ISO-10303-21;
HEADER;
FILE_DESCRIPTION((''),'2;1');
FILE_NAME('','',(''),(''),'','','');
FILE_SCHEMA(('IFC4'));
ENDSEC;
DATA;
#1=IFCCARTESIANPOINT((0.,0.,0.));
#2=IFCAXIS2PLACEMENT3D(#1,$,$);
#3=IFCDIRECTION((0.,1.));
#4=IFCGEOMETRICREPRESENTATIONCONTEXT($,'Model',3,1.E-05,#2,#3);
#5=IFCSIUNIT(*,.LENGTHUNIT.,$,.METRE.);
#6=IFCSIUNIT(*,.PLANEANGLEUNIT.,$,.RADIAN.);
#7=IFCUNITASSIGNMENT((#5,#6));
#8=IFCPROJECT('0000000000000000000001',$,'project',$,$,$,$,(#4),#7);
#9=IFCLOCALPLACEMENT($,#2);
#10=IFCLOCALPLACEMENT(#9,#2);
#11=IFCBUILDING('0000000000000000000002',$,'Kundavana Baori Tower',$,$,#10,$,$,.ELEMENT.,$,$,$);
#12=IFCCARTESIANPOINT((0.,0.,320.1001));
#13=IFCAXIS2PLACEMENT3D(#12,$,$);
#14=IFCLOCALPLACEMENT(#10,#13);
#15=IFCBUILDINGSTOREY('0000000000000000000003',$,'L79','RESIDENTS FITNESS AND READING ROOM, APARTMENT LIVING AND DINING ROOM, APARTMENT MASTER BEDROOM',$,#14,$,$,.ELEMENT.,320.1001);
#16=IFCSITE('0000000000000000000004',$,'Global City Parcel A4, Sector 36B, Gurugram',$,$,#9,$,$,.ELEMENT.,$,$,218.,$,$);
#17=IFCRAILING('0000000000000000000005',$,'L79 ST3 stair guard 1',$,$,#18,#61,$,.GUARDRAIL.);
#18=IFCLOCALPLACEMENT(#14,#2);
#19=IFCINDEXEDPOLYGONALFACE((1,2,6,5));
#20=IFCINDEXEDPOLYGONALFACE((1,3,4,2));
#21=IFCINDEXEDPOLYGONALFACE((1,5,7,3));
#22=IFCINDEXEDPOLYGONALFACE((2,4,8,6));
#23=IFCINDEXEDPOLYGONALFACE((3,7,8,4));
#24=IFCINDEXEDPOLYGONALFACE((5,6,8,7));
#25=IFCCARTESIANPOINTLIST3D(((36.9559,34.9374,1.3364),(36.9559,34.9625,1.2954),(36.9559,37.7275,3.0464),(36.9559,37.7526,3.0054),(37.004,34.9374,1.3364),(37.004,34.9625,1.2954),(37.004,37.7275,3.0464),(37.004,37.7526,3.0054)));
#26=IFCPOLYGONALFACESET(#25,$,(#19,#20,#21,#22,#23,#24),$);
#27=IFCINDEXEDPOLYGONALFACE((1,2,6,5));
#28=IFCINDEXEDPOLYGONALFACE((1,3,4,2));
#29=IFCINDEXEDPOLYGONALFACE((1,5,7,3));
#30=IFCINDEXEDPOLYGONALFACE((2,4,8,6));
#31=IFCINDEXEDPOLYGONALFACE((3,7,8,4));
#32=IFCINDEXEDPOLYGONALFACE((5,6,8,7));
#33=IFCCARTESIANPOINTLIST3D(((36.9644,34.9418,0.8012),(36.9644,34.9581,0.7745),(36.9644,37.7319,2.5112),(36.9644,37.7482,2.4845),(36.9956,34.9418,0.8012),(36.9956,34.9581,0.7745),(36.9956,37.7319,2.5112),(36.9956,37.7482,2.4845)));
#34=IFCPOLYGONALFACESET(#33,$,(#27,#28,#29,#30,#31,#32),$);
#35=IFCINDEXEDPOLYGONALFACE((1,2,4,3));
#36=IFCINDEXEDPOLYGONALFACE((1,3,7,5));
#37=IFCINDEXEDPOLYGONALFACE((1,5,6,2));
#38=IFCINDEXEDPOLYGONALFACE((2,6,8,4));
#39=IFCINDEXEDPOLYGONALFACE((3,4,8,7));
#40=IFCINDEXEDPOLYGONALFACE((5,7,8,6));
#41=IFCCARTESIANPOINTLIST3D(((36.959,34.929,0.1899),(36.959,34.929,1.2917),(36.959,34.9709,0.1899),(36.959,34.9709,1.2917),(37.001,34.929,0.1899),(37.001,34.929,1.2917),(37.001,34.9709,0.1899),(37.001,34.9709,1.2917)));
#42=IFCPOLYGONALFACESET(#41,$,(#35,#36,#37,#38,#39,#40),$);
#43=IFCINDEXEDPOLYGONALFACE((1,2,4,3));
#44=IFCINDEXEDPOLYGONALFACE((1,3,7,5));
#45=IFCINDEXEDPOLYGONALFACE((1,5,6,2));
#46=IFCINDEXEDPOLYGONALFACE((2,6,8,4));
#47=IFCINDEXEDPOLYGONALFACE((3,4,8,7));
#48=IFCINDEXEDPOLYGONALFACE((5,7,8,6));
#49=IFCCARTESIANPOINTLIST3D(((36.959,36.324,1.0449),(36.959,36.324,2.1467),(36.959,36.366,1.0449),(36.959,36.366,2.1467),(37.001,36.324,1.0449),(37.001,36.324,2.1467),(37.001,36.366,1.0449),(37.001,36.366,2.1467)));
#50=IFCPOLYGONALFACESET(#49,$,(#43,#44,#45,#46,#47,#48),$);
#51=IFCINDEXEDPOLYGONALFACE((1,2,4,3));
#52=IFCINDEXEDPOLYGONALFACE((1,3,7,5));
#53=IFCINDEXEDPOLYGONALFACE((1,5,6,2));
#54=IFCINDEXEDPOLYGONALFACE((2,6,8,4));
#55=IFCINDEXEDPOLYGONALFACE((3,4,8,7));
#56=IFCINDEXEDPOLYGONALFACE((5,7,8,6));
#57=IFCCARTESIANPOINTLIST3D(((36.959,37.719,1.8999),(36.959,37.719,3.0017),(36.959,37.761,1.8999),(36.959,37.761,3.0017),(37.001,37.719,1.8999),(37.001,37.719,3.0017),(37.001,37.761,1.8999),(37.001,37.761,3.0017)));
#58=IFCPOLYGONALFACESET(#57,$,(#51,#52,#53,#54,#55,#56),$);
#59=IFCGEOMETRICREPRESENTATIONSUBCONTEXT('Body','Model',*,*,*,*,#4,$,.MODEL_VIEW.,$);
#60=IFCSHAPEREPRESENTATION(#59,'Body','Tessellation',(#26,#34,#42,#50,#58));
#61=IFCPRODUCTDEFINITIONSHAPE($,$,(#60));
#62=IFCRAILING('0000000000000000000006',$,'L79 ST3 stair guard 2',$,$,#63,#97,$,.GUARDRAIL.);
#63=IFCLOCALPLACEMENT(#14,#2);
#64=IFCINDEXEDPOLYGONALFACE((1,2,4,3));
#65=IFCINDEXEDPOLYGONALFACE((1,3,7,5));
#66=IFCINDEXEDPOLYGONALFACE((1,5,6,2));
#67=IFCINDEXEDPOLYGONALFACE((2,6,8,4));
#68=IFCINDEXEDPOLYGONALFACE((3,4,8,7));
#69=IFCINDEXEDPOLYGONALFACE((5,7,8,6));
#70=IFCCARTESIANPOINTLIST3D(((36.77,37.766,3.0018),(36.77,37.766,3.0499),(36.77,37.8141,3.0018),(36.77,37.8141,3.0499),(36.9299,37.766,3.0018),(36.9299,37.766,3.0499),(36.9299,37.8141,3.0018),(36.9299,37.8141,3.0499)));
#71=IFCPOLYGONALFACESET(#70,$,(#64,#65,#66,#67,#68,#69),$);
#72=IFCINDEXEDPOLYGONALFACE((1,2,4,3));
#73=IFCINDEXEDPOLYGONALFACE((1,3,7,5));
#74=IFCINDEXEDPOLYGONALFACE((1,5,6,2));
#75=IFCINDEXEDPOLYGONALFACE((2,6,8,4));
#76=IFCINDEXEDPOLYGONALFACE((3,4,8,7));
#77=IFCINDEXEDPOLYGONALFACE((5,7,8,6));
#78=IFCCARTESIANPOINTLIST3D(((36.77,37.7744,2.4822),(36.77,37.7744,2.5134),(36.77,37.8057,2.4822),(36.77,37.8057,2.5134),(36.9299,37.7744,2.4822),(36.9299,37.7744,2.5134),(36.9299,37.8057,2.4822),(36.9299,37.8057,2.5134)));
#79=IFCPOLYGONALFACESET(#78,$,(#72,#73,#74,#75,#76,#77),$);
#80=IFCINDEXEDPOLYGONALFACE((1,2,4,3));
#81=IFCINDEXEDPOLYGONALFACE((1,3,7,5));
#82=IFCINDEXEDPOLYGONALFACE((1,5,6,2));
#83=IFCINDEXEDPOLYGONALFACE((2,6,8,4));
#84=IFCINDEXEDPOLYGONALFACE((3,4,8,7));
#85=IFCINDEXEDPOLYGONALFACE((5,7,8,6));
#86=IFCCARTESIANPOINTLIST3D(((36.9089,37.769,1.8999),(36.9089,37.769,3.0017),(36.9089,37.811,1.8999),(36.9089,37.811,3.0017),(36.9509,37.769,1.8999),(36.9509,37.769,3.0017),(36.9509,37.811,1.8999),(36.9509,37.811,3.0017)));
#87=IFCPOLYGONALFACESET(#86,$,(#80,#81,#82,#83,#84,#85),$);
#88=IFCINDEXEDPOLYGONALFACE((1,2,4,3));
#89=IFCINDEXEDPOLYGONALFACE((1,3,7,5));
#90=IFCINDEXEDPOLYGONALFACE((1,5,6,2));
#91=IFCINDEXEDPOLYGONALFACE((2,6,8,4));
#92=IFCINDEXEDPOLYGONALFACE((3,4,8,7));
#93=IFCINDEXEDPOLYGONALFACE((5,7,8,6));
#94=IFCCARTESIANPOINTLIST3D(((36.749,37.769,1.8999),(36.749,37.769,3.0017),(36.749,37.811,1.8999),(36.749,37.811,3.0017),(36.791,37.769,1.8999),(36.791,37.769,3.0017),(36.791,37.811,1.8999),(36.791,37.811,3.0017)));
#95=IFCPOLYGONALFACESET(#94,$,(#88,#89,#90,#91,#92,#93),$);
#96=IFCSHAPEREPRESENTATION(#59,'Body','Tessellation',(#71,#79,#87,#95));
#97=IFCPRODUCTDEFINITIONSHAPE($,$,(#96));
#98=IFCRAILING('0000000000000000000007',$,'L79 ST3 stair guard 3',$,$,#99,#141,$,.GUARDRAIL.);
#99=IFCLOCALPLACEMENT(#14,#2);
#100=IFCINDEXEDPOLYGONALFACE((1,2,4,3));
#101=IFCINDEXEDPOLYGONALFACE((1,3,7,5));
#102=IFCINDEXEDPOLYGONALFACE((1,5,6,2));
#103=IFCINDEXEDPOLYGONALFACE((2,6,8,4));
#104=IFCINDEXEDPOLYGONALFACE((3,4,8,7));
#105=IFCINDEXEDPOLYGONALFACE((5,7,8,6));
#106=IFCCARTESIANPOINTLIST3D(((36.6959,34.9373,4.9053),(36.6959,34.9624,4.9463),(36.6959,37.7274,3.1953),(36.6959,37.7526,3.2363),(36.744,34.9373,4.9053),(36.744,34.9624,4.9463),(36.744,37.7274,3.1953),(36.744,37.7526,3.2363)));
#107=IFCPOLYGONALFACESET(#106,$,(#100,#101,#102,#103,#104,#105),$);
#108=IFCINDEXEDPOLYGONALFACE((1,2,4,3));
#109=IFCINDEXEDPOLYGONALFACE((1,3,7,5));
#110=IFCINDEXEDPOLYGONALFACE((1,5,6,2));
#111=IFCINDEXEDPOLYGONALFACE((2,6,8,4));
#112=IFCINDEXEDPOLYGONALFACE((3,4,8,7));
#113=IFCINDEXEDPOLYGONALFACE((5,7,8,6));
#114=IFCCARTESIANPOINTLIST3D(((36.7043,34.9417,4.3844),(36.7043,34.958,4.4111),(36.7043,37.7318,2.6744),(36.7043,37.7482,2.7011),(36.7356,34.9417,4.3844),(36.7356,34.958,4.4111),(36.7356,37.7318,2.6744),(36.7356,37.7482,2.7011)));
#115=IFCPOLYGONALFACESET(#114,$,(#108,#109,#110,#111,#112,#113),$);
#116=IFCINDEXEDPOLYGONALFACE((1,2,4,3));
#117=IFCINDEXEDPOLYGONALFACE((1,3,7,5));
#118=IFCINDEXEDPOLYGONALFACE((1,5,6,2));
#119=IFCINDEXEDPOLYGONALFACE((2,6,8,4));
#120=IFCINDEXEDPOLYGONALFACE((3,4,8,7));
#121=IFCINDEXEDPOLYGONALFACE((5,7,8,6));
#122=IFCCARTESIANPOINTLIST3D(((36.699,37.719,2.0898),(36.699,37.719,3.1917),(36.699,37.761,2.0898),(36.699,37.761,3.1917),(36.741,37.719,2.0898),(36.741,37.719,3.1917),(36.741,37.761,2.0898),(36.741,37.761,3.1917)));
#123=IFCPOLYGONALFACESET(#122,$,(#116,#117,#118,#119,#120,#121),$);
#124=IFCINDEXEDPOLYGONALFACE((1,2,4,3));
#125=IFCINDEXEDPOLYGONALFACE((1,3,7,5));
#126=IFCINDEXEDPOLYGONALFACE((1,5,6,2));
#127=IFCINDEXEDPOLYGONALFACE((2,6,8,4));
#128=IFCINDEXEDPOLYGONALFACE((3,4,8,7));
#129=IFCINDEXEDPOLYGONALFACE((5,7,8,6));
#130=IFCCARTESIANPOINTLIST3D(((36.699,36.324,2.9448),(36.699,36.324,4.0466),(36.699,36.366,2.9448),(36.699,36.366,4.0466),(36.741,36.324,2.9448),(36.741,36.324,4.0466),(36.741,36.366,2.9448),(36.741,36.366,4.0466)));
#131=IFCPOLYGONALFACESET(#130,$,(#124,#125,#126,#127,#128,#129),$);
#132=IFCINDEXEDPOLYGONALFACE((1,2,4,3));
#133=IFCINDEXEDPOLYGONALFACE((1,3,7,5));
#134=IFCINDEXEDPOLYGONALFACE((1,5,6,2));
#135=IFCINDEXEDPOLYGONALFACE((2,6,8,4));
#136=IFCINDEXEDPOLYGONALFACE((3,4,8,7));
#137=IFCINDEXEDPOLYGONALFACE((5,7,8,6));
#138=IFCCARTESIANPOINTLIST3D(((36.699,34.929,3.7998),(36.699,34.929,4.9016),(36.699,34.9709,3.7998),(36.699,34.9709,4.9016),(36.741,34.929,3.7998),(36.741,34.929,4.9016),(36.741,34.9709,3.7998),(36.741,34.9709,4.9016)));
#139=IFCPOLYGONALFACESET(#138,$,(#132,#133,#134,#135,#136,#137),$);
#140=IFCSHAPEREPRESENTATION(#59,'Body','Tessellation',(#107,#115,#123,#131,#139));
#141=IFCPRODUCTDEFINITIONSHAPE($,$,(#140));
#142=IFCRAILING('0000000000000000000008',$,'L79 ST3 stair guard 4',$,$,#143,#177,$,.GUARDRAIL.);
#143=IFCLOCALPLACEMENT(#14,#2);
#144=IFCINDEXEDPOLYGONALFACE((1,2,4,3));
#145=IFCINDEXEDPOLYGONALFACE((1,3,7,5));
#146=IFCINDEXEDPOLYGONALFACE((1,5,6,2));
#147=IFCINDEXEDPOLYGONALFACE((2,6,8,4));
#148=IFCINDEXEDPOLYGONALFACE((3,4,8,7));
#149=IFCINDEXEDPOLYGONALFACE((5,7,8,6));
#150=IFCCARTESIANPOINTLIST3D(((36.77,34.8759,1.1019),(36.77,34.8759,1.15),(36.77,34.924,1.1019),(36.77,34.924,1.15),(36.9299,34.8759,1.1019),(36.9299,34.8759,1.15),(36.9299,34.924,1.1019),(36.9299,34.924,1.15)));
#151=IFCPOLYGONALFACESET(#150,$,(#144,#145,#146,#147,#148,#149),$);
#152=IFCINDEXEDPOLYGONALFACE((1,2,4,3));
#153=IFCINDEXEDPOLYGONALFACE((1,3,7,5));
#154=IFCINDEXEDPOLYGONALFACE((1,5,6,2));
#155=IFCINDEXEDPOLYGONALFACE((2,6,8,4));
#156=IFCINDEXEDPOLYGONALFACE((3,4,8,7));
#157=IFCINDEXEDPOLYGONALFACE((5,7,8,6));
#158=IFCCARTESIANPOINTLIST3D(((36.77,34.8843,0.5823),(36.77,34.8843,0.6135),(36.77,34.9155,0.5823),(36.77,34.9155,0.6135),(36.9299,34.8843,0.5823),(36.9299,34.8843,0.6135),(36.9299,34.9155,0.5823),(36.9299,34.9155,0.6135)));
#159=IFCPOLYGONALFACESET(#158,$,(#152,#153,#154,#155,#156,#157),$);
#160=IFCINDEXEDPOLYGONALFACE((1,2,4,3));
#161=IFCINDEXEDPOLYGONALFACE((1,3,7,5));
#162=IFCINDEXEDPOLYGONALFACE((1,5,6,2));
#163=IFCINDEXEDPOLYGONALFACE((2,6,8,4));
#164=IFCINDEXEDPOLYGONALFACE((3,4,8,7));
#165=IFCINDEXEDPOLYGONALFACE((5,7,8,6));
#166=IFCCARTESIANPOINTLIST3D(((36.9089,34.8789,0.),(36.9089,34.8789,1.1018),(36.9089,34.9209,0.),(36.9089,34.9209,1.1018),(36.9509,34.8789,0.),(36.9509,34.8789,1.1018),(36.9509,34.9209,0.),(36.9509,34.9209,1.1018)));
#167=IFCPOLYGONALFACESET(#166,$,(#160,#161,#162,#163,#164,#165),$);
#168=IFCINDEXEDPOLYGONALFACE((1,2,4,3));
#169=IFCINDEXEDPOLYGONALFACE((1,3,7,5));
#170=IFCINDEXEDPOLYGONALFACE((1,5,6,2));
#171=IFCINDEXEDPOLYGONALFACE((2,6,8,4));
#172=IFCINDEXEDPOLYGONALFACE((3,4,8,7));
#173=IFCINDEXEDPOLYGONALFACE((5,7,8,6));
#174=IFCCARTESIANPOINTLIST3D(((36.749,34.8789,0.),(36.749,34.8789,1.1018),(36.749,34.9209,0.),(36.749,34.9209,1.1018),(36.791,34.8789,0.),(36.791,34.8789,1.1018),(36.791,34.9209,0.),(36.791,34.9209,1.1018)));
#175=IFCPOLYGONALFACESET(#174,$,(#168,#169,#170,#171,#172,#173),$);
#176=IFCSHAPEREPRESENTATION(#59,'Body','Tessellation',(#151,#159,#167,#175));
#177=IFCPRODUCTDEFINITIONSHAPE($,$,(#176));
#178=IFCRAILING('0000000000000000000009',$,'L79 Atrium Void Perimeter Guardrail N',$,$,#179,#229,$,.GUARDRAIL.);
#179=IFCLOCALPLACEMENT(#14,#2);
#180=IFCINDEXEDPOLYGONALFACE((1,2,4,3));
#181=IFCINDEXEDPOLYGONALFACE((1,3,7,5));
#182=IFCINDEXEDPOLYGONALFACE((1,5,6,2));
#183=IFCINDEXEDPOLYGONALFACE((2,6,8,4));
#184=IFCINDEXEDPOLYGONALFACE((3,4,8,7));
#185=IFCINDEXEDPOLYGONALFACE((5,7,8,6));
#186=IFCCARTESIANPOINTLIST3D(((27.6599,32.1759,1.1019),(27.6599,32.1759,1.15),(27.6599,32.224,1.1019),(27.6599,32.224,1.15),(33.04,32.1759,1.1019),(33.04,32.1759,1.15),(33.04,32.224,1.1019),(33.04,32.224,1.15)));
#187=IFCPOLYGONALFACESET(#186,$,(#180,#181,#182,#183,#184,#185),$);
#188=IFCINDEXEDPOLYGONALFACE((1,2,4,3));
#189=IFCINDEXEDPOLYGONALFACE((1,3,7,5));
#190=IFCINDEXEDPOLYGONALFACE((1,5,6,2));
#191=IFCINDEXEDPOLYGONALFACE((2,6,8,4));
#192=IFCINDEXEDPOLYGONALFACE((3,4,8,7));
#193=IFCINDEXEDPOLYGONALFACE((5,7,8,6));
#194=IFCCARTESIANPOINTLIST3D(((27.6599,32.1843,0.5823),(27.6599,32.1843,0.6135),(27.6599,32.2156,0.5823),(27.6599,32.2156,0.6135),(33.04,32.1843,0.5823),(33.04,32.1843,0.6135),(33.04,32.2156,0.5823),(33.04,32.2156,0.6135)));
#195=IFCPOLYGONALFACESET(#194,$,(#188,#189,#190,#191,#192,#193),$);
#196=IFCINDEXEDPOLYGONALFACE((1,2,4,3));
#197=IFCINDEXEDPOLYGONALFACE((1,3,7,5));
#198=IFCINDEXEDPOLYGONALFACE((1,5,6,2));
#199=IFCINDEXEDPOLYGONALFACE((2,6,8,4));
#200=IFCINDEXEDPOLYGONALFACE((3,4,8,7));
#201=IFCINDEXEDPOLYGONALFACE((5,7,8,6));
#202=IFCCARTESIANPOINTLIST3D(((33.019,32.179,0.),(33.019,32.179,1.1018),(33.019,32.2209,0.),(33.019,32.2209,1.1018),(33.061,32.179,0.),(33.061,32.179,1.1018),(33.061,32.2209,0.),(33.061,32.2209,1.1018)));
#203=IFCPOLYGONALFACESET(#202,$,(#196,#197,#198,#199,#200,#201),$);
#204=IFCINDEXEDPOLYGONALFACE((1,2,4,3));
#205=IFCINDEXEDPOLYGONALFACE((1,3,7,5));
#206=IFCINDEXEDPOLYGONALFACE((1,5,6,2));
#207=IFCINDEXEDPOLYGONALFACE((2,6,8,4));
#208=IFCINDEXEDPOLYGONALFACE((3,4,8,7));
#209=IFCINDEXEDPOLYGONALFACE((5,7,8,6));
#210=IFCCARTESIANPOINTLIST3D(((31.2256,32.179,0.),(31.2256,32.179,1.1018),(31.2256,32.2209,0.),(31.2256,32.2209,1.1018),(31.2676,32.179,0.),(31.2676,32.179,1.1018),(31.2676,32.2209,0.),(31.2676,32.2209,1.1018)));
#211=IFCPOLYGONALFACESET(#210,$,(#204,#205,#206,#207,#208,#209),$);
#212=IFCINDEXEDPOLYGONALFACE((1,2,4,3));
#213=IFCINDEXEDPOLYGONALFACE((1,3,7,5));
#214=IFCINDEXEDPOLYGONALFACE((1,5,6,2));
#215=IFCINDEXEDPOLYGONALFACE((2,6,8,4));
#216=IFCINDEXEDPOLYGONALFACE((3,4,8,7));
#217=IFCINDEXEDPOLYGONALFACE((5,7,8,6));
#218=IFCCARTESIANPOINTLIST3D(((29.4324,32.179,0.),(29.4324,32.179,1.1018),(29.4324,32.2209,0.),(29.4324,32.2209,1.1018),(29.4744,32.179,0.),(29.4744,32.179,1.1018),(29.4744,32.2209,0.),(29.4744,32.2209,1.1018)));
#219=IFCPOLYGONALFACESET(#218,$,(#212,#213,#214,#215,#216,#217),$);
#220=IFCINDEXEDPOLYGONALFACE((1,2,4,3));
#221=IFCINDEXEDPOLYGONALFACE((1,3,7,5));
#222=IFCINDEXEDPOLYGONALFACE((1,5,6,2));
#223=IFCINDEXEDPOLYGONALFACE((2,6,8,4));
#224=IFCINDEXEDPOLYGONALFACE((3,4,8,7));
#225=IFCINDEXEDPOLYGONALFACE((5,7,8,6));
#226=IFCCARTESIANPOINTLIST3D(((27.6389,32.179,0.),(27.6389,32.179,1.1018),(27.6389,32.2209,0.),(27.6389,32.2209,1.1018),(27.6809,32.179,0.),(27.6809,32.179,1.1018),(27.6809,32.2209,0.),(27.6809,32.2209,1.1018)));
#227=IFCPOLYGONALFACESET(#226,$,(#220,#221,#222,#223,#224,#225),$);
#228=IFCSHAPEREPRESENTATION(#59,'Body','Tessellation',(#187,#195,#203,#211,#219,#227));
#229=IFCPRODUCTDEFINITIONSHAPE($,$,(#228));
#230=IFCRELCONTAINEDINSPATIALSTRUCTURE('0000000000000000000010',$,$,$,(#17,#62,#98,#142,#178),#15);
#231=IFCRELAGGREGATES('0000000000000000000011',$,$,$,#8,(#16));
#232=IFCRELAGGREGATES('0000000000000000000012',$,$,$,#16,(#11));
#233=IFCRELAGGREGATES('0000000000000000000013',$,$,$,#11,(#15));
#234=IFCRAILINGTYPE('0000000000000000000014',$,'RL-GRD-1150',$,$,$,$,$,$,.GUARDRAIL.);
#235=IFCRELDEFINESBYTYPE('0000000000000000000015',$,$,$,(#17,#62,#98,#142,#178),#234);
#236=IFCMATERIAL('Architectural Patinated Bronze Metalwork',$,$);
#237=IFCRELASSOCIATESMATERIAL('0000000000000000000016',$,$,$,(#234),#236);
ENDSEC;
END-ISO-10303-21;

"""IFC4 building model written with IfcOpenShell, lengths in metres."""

from ifc_helpers import new_model, si_unit, direction, frame, origin, origin_2d, place, context, subcontext, project, spatial, rectangle, extrude, material, type_object, element, save


model = new_model("IFC4")

# Units and contexts
model_context = context("Model", 3, precision=1e-05, world=origin(), true_north=direction((0.0, 1.0)))
body_context = subcontext(model_context, "Body", "Model", "MODEL_VIEW")
ifc_project = project(units=[si_unit("LENGTHUNIT", "METRE"), si_unit("PLANEANGLEUNIT", "RADIAN")], contexts=[model_context])

# Site, building, storey
site_placement = place(None, origin())
site = spatial("IfcSite", under=ifc_project, at=site_placement, Name="Global City Parcel A4, Sector 36B, Gurugram", CompositionType="ELEMENT", RefElevation=218.0)
building_placement = place(site_placement, origin())
building = spatial("IfcBuilding", under=site, at=building_placement, Name="Kundavana Baori Tower", CompositionType="ELEMENT")
storey_placement = place(building_placement, frame((0.0, 0.0, 320.1001)))
storey = spatial("IfcBuildingStorey", under=building, at=storey_placement, Name="L79", Description="RESIDENTS FITNESS AND READING ROOM, APARTMENT LIVING AND DINING ROOM, APARTMENT MASTER BEDROOM", CompositionType="ELEMENT", Elevation=320.1001)

# Railings
ifc_material_1 = material(Name="Architectural Patinated Bronze Metalwork")
railing_type_1 = type_object("IfcRailingType", Name="RL-GRD-1150", PredefinedType="GUARDRAIL", material=ifc_material_1)
railing_1_placement = place(storey_placement, frame((36.98, 34.95, 0.1899)))
element("IfcRailing", 1, at=railing_1_placement, inside=storey, type_object=railing_type_1, Name="L79 ST3 stair guard 1", PredefinedType="GUARDRAIL", context=body_context, shape_type="SweptSolid", body=[
    extrude(rectangle(XDim=0.0481, YDim=0.0481, at=origin_2d()), frame((0.0, 0.0, 1.126), z_axis=(0.0, 0.85261, 0.522548), x_axis=(-1.0, 0.0, 0.0)), (0.0, 0.0, 1.0), 3.2725),
    extrude(rectangle(XDim=0.0312, YDim=0.0312, at=origin_2d()), frame((0.0, 0.0, 0.5979), z_axis=(0.0, 0.85261, 0.522548), x_axis=(-1.0, 0.0, 0.0)), (0.0, 0.0, 1.0), 3.2725),
    extrude(rectangle(XDim=0.042, YDim=0.042, at=origin_2d()), origin(), (0.0, 0.0, 1.0), 1.1018),
    extrude(rectangle(XDim=0.042, YDim=0.042, at=origin_2d()), frame((0.0, 1.395, 0.855)), (0.0, 0.0, 1.0), 1.1018),
    extrude(rectangle(XDim=0.042, YDim=0.042, at=origin_2d()), frame((0.0, 2.79, 1.71)), (0.0, 0.0, 1.0), 1.1018),
])
railing_2_placement = place(storey_placement, frame((36.9299, 37.79, 1.8999)))
element("IfcRailing", 2, at=railing_2_placement, inside=storey, type_object=railing_type_1, Name="L79 ST3 stair guard 2", PredefinedType="GUARDRAIL", context=body_context, shape_type="SweptSolid", body=[
    extrude(rectangle(XDim=0.0481, YDim=0.0481, at=origin_2d()), frame((0.0, 0.0, 1.126), z_axis=(-1.0, 0.0, 0.0), x_axis=(0.0, -1.0, 0.0)), (0.0, 0.0, 1.0), 0.1599),
    extrude(rectangle(XDim=0.0312, YDim=0.0312, at=origin_2d()), frame((0.0, 0.0, 0.5979), z_axis=(-1.0, 0.0, 0.0), x_axis=(0.0, -1.0, 0.0)), (0.0, 0.0, 1.0), 0.1599),
    extrude(rectangle(XDim=0.042, YDim=0.042, at=origin_2d()), origin(), (0.0, 0.0, 1.0), 1.1018),
    extrude(rectangle(XDim=0.042, YDim=0.042, at=origin_2d()), frame((-0.1599, 0.0, 0.0)), (0.0, 0.0, 1.0), 1.1018),
])
railing_3_placement = place(storey_placement, frame((36.72, 37.74, 2.0898)))
element("IfcRailing", 3, at=railing_3_placement, inside=storey, type_object=railing_type_1, Name="L79 ST3 stair guard 3", PredefinedType="GUARDRAIL", context=body_context, shape_type="SweptSolid", body=[
    extrude(rectangle(XDim=0.0481, YDim=0.0481, at=origin_2d()), frame((0.0, 0.0, 1.126), z_axis=(0.0, -0.85261, 0.522548), x_axis=(1.0, 0.0, 0.0)), (0.0, 0.0, 1.0), 3.2725),
    extrude(rectangle(XDim=0.0312, YDim=0.0312, at=origin_2d()), frame((0.0, 0.0, 0.5979), z_axis=(0.0, -0.85261, 0.522548), x_axis=(1.0, 0.0, 0.0)), (0.0, 0.0, 1.0), 3.2725),
    extrude(rectangle(XDim=0.042, YDim=0.042, at=origin_2d()), origin(), (0.0, 0.0, 1.0), 1.1018),
    extrude(rectangle(XDim=0.042, YDim=0.042, at=origin_2d()), frame((0.0, -1.395, 0.855)), (0.0, 0.0, 1.0), 1.1018),
    extrude(rectangle(XDim=0.042, YDim=0.042, at=origin_2d()), frame((0.0, -2.79, 1.71)), (0.0, 0.0, 1.0), 1.1018),
])
railing_4_placement = place(storey_placement, frame((36.9299, 34.8999, 0.0)))
element("IfcRailing", 4, at=railing_4_placement, inside=storey, type_object=railing_type_1, Name="L79 ST3 stair guard 4", PredefinedType="GUARDRAIL", context=body_context, shape_type="SweptSolid", body=[
    extrude(rectangle(XDim=0.0481, YDim=0.0481, at=origin_2d()), frame((0.0, 0.0, 1.126), z_axis=(-1.0, 0.0, 0.0), x_axis=(0.0, -1.0, 0.0)), (0.0, 0.0, 1.0), 0.1599),
    extrude(rectangle(XDim=0.0312, YDim=0.0312, at=origin_2d()), frame((0.0, 0.0, 0.5979), z_axis=(-1.0, 0.0, 0.0), x_axis=(0.0, -1.0, 0.0)), (0.0, 0.0, 1.0), 0.1599),
    extrude(rectangle(XDim=0.042, YDim=0.042, at=origin_2d()), origin(), (0.0, 0.0, 1.0), 1.1018),
    extrude(rectangle(XDim=0.042, YDim=0.042, at=origin_2d()), frame((-0.1599, 0.0, 0.0)), (0.0, 0.0, 1.0), 1.1018),
])
railing_5_placement = place(storey_placement, frame((33.04, 32.2, 0.0)))
element("IfcRailing", 5, at=railing_5_placement, inside=storey, type_object=railing_type_1, Name="L79 Atrium Void Perimeter Guardrail N", PredefinedType="GUARDRAIL", context=body_context, shape_type="SweptSolid", body=[
    extrude(rectangle(XDim=0.0481, YDim=0.0481, at=origin_2d()), frame((0.0, 0.0, 1.126), z_axis=(-1.0, 0.0, 0.0), x_axis=(0.0, -1.0, 0.0)), (0.0, 0.0, 1.0), 5.3801),
    extrude(rectangle(XDim=0.0312, YDim=0.0312, at=origin_2d()), frame((0.0, 0.0, 0.5979), z_axis=(-1.0, 0.0, 0.0), x_axis=(0.0, -1.0, 0.0)), (0.0, 0.0, 1.0), 5.3801),
    extrude(rectangle(XDim=0.042, YDim=0.042, at=origin_2d()), origin(), (0.0, 0.0, 1.0), 1.1018),
    extrude(rectangle(XDim=0.042, YDim=0.042, at=origin_2d()), frame((-1.7935, 0.0, 0.0)), (0.0, 0.0, 1.0), 1.1018),
    extrude(rectangle(XDim=0.042, YDim=0.042, at=origin_2d()), frame((-3.5867, 0.0, 0.0)), (0.0, 0.0, 1.0), 1.1018),
    extrude(rectangle(XDim=0.042, YDim=0.042, at=origin_2d()), frame((-5.3801, 0.0, 0.0)), (0.0, 0.0, 1.0), 1.1018),
])

save(model, "model.ifc")
